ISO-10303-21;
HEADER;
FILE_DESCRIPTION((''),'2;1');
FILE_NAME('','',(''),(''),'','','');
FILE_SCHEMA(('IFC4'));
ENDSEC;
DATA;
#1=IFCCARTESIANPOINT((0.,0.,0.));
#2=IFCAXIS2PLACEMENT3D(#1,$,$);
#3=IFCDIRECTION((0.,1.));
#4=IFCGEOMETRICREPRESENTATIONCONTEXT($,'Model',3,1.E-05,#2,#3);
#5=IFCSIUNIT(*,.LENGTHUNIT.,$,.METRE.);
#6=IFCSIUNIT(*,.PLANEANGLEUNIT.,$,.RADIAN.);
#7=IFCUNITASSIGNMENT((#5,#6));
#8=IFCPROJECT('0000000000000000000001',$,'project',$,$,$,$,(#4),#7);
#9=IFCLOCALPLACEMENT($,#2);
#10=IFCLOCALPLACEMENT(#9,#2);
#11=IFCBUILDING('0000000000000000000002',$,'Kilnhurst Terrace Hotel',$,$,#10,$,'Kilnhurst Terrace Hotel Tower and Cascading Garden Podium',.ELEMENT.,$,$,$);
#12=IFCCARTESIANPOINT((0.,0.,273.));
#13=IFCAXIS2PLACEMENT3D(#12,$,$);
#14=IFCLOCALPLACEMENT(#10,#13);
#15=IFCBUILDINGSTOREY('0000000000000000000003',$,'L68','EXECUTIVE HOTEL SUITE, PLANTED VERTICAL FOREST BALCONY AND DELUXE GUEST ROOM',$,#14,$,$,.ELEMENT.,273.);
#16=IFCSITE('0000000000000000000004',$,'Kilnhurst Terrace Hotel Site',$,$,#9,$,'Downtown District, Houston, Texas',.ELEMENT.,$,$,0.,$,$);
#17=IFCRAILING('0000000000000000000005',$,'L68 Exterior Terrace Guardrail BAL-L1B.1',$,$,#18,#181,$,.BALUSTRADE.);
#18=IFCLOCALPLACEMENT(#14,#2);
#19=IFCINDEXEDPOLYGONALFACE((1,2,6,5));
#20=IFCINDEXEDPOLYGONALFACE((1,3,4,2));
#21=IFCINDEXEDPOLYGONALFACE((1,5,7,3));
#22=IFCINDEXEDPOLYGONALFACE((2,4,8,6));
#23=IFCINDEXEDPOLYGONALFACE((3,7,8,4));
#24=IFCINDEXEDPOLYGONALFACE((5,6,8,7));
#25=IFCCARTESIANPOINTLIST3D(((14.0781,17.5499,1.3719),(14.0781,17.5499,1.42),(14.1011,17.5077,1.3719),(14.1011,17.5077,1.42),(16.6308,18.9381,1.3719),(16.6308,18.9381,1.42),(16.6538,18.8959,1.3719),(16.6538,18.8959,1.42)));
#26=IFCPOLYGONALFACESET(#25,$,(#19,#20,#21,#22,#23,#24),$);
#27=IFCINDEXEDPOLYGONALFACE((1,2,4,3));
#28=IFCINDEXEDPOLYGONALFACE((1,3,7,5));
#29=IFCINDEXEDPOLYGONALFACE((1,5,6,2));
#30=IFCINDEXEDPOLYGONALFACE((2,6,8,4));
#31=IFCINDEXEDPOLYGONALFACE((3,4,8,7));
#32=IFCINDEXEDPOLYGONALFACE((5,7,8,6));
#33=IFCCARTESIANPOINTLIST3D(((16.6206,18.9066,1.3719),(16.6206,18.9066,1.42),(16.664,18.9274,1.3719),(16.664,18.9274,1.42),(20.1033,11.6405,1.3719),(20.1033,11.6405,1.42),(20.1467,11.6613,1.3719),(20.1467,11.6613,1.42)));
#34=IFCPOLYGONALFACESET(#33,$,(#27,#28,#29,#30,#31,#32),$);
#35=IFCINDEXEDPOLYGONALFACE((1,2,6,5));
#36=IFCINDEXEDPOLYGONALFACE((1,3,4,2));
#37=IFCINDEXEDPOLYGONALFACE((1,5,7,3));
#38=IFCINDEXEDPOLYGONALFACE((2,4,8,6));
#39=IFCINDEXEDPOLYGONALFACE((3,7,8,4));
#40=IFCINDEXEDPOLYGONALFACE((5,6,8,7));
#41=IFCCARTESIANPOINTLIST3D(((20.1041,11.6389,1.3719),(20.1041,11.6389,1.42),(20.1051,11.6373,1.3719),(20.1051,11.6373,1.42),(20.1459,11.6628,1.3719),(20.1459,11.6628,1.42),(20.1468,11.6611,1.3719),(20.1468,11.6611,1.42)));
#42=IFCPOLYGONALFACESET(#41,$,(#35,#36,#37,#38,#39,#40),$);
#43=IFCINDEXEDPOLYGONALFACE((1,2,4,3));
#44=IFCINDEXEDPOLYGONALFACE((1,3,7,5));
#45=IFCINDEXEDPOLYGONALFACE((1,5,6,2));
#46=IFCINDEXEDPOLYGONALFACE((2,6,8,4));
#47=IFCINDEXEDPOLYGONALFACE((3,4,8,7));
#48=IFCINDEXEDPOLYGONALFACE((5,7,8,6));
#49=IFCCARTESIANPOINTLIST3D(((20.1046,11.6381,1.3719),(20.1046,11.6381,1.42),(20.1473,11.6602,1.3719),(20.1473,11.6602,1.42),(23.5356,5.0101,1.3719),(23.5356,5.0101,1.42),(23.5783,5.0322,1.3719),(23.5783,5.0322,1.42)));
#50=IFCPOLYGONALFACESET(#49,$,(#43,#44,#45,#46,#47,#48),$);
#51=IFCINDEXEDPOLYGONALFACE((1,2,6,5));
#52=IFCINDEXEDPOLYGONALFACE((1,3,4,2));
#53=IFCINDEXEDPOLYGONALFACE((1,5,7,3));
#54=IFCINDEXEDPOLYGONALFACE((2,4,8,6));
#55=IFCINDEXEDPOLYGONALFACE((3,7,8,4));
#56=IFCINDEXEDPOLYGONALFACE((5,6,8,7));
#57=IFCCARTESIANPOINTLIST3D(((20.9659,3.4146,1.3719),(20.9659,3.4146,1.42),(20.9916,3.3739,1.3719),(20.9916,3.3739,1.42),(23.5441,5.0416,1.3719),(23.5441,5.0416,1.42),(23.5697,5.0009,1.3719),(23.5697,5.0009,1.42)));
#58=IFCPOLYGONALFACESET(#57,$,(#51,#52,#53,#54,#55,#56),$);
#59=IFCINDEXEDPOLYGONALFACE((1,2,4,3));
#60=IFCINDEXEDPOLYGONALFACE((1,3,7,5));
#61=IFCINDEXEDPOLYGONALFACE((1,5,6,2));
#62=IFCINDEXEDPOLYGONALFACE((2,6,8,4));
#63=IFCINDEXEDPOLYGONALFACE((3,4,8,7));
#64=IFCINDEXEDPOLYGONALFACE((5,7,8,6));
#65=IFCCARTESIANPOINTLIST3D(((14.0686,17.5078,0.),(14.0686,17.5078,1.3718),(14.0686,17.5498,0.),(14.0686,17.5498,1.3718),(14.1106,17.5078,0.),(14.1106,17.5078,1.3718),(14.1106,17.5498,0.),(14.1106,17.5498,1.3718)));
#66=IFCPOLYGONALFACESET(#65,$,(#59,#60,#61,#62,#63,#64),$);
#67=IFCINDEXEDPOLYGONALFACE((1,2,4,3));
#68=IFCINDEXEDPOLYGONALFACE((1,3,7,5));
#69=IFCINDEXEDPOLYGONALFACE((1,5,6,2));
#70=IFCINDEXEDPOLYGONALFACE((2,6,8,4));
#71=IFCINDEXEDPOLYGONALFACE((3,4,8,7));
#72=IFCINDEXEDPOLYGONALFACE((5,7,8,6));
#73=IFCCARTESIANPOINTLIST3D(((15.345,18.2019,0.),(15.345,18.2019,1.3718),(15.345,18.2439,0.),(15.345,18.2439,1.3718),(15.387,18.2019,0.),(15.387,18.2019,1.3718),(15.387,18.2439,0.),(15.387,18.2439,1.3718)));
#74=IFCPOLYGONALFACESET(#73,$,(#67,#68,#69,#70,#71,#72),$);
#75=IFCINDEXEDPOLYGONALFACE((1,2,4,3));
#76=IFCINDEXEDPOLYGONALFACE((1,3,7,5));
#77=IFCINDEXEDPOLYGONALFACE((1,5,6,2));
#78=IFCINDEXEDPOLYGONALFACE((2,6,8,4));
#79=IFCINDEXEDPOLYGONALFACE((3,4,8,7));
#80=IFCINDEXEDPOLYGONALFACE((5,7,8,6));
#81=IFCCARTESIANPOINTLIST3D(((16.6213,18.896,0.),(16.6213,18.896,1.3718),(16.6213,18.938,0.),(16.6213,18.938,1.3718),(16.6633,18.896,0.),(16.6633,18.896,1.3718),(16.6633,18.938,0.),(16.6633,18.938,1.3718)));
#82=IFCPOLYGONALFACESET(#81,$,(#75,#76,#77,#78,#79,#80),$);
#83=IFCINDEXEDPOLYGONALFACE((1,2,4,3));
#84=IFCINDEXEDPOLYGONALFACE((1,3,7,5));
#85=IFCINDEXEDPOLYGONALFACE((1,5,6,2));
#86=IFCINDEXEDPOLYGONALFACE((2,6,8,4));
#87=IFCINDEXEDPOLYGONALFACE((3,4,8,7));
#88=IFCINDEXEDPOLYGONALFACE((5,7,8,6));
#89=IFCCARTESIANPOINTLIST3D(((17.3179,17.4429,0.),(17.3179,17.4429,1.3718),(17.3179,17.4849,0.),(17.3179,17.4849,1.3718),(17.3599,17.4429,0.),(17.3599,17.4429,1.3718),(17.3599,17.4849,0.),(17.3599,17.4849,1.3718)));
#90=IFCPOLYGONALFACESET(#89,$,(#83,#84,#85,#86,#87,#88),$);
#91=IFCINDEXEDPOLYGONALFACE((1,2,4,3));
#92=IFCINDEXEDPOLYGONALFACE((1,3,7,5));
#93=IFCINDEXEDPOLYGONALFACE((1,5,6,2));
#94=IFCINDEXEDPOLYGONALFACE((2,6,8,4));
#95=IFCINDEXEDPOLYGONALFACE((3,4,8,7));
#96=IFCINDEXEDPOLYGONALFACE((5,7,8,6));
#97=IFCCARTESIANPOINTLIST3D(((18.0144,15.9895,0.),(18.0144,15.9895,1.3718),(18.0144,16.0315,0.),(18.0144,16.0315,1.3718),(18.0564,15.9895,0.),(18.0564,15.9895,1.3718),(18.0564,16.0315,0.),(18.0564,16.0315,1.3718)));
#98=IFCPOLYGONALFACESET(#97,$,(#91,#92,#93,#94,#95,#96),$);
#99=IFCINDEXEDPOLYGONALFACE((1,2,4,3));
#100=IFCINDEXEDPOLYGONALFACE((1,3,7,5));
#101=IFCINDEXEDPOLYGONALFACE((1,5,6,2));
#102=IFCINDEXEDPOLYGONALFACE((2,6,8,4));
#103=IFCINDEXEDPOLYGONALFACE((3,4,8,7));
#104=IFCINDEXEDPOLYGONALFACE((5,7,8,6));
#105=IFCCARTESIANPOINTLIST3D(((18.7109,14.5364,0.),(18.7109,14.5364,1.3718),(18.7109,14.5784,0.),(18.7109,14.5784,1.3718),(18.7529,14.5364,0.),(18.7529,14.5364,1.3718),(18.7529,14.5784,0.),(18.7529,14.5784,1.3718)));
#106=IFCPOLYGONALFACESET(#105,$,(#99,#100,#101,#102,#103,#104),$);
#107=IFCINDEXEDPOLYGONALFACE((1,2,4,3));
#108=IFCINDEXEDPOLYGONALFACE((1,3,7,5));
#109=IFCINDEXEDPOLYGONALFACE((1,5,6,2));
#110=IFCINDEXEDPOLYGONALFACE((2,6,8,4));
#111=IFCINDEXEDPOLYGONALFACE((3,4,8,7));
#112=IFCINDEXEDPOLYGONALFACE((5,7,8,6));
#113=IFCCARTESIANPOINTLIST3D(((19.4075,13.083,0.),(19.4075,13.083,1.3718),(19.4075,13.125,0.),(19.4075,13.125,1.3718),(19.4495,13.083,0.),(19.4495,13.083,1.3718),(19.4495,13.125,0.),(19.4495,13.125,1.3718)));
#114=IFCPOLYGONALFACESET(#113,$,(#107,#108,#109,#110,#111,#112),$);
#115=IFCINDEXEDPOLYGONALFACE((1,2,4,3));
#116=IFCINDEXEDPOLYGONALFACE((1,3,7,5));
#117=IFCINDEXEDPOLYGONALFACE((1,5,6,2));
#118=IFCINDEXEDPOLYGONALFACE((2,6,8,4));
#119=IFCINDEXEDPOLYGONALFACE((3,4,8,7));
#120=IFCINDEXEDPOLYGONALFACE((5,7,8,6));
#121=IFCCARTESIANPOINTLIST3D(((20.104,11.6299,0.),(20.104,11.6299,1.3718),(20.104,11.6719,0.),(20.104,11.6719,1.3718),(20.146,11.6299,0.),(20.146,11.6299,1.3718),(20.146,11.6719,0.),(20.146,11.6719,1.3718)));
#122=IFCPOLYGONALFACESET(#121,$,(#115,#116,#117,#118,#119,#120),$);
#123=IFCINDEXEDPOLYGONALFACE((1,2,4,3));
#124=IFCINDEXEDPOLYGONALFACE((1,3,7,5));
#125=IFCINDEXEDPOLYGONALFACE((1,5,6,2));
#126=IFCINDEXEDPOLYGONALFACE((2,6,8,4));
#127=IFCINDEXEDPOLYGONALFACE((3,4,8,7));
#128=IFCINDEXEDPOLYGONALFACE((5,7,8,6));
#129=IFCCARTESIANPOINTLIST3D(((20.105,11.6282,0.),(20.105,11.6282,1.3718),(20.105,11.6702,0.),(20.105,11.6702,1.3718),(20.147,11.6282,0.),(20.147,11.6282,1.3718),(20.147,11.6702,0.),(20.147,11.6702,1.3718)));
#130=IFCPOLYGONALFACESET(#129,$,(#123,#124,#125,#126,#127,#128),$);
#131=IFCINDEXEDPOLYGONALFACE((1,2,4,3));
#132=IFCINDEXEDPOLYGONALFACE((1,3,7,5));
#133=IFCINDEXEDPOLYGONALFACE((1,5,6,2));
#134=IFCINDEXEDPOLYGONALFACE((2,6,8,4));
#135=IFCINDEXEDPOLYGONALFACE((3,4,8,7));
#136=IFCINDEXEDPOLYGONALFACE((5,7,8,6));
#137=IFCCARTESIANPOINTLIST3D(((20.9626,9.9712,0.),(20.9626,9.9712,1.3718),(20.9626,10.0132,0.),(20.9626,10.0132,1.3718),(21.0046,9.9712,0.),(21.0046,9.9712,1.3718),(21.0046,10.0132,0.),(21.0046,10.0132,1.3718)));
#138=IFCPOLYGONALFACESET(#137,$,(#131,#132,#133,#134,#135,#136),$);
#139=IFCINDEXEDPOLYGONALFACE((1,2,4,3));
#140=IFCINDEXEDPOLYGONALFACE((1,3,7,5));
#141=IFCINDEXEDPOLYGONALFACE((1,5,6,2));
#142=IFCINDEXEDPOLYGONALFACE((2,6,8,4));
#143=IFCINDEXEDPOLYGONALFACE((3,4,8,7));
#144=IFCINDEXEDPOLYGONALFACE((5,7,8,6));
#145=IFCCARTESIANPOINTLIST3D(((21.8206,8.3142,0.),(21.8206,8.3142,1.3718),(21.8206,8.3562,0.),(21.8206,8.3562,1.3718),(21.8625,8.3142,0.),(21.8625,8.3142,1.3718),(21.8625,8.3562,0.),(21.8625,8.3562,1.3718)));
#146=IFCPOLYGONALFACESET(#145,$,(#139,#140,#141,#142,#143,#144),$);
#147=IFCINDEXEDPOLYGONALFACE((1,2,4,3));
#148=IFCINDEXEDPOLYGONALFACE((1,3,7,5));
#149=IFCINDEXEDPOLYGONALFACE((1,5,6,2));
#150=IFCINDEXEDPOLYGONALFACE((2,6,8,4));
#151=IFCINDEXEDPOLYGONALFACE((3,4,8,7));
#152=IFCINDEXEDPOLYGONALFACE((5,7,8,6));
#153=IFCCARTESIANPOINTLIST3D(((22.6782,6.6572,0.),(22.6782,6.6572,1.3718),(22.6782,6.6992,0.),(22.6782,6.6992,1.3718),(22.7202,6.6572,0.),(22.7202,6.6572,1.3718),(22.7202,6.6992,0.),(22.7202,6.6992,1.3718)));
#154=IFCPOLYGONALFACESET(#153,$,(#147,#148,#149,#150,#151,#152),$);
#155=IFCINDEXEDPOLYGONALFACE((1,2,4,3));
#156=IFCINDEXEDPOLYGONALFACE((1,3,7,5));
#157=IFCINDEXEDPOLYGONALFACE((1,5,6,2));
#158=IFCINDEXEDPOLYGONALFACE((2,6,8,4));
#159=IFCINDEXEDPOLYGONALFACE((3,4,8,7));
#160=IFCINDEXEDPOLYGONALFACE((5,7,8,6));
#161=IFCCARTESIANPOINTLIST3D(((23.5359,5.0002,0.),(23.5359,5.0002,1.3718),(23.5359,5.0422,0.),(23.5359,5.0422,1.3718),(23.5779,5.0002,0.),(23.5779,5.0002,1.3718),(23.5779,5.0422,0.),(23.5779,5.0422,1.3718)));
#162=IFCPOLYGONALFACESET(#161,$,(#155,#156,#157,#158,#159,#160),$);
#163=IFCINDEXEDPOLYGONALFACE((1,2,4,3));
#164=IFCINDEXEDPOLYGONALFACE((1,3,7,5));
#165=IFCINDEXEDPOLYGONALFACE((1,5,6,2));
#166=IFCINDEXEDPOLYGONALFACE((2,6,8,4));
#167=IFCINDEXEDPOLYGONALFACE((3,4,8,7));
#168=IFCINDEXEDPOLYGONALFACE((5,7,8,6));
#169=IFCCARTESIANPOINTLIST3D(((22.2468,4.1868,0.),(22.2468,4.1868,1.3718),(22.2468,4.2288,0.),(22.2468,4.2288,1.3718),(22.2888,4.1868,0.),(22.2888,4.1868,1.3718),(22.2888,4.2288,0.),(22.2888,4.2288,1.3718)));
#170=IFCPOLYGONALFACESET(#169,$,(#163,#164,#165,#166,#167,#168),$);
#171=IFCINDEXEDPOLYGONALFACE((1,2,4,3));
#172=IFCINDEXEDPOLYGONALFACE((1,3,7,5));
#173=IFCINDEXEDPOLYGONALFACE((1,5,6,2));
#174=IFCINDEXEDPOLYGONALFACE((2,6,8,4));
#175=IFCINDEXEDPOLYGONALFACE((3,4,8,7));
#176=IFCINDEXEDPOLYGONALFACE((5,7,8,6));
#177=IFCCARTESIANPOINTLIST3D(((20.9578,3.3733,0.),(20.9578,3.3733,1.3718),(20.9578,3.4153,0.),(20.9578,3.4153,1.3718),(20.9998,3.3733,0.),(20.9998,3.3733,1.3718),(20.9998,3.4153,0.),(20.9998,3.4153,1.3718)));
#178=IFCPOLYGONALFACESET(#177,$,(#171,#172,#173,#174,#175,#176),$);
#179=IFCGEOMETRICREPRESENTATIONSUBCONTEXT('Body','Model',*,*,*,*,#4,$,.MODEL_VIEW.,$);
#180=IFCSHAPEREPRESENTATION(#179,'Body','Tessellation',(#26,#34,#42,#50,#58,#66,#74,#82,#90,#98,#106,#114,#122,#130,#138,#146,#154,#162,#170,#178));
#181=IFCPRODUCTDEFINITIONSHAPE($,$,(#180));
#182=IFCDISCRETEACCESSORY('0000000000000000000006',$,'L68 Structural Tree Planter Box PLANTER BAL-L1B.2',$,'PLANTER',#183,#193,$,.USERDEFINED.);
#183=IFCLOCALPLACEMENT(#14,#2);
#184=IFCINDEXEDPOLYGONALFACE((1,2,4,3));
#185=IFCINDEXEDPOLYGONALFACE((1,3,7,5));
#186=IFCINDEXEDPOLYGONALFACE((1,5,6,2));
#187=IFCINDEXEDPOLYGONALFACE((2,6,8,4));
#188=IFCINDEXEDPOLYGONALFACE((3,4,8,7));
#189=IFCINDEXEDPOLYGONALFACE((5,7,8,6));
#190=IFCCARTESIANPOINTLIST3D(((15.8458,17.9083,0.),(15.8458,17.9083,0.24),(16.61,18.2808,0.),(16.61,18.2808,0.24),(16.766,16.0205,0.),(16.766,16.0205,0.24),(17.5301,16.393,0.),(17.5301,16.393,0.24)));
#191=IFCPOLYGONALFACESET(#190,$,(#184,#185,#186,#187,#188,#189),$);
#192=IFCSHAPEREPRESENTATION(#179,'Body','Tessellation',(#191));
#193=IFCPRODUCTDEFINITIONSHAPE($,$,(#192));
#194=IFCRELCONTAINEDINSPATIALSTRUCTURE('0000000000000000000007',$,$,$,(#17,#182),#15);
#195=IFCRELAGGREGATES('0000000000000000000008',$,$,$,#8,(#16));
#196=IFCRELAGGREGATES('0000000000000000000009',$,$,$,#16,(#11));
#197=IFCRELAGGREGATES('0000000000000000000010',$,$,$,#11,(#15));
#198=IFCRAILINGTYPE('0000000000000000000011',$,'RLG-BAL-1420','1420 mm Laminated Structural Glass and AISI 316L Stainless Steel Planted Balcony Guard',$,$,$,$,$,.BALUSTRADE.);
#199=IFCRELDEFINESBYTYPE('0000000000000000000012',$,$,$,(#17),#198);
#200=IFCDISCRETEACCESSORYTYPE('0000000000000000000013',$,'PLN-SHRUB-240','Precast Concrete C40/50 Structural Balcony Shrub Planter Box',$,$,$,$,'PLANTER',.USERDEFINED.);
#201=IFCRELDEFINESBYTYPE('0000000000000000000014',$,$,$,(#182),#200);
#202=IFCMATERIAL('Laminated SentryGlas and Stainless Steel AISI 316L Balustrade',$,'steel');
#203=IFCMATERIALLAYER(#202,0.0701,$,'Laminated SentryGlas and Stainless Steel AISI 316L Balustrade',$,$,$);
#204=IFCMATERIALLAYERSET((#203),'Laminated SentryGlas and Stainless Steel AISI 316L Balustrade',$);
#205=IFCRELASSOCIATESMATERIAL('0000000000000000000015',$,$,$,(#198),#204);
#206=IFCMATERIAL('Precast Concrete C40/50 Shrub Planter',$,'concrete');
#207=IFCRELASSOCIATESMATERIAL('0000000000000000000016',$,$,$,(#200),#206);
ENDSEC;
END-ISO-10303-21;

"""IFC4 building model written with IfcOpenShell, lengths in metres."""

from ifc_helpers import new_model, si_unit, direction, frame, origin, origin_2d, place, context, subcontext, project, spatial, rectangle, extrude, material, layer, layer_set, type_object, element, save


model = new_model("IFC4")

# Units and contexts
model_context = context("Model", 3, precision=1e-05, world=origin(), true_north=direction((0.0, 1.0)))
body_context = subcontext(model_context, "Body", "Model", "MODEL_VIEW")
ifc_project = project(units=[si_unit("LENGTHUNIT", "METRE"), si_unit("PLANEANGLEUNIT", "RADIAN")], contexts=[model_context])

# Site, building, storey
site_placement = place(None, origin())
site = spatial("IfcSite", under=ifc_project, at=site_placement, Name="Kilnhurst Terrace Hotel Site", LongName="Downtown District, Houston, Texas", CompositionType="ELEMENT", RefElevation=0.0)
building_placement = place(site_placement, origin())
building = spatial("IfcBuilding", under=site, at=building_placement, Name="Kilnhurst Terrace Hotel", LongName="Kilnhurst Terrace Hotel Tower and Cascading Garden Podium", CompositionType="ELEMENT")
storey_placement = place(building_placement, frame((0.0, 0.0, 273.0)))
storey = spatial("IfcBuildingStorey", under=building, at=storey_placement, Name="L68", Description="EXECUTIVE HOTEL SUITE, PLANTED VERTICAL FOREST BALCONY AND DELUXE GUEST ROOM", CompositionType="ELEMENT", Elevation=273.0)

# Railing
ifc_material_1 = material(Name="Laminated SentryGlas and Stainless Steel AISI 316L Balustrade", Category="steel")
ifc_layer_1 = layer(ifc_material_1, 0.0701, Name="Laminated SentryGlas and Stainless Steel AISI 316L Balustrade")
ifc_layer_set_1 = layer_set([ifc_layer_1], Name="Laminated SentryGlas and Stainless Steel AISI 316L Balustrade")
railing_type = type_object("IfcRailingType", Name="RLG-BAL-1420", Description="1420 mm Laminated Structural Glass and AISI 316L Stainless Steel Planted Balcony Guard", PredefinedType="BALUSTRADE", material=ifc_layer_set_1)
railing_placement = place(storey_placement, frame((14.0896, 17.5288, 0.0)))
element("IfcRailing", 1, at=railing_placement, inside=storey, type_object=railing_type, Name="L68 Exterior Terrace Guardrail BAL-L1B.1", PredefinedType="BALUSTRADE", context=body_context, shape_type="SweptSolid", body=[
    extrude(rectangle(XDim=0.0481, YDim=0.0481, at=origin_2d()), frame((0.0, 0.0, 1.396), z_axis=(0.878505, 0.477733, 0.0), x_axis=(-0.477733, 0.878505, 0.0)), (0.0, 0.0, 1.0), 2.9058),
    extrude(rectangle(XDim=0.0481, YDim=0.0481, at=origin_2d()), frame((2.5527, 1.3882, 1.396), z_axis=(0.43222, -0.901768, 0.0), x_axis=(0.901768, 0.43222, 0.0)), (0.0, 0.0, 1.0), 8.0576),
    extrude(rectangle(XDim=0.0481, YDim=0.0481, at=origin_2d()), frame((6.0354, -5.8779, 1.396), z_axis=(0.496139, -0.868243, 0.0), x_axis=(0.868243, 0.496139, 0.0)), (0.0, 0.0, 1.0), 0.002),
    extrude(rectangle(XDim=0.0481, YDim=0.0481, at=origin_2d()), frame((6.0364, -5.8796, 1.396), z_axis=(0.459705, -0.888072, 0.0), x_axis=(0.888072, 0.459705, 0.0)), (0.0, 0.0, 1.0), 7.4634),
    extrude(rectangle(XDim=0.0481, YDim=0.0481, at=origin_2d()), frame((9.4673, -12.5076, 1.396), z_axis=(-0.845687, -0.53368, 0.0), x_axis=(0.53368, -0.845687, 0.0)), (0.0, 0.0, 1.0), 3.0486),
    extrude(rectangle(XDim=0.042, YDim=0.042, at=origin_2d()), origin(), (0.0, 0.0, 1.0), 1.3718),
    extrude(rectangle(XDim=0.042, YDim=0.042, at=origin_2d()), frame((1.2764, 0.6941, 0.0)), (0.0, 0.0, 1.0), 1.3718),
    extrude(rectangle(XDim=0.042, YDim=0.042, at=origin_2d()), frame((2.5527, 1.3882, 0.0)), (0.0, 0.0, 1.0), 1.3718),
    extrude(rectangle(XDim=0.042, YDim=0.042, at=origin_2d()), frame((3.2493, -0.0649, 0.0)), (0.0, 0.0, 1.0), 1.3718),
    extrude(rectangle(XDim=0.042, YDim=0.042, at=origin_2d()), frame((3.9458, -1.5183, 0.0)), (0.0, 0.0, 1.0), 1.3718),
    extrude(rectangle(XDim=0.042, YDim=0.042, at=origin_2d()), frame((4.6423, -2.9714, 0.0)), (0.0, 0.0, 1.0), 1.3718),
    extrude(rectangle(XDim=0.042, YDim=0.042, at=origin_2d()), frame((5.3389, -4.4248, 0.0)), (0.0, 0.0, 1.0), 1.3718),
    extrude(rectangle(XDim=0.042, YDim=0.042, at=origin_2d()), frame((6.0354, -5.8779, 0.0)), (0.0, 0.0, 1.0), 1.3718),
    extrude(rectangle(XDim=0.042, YDim=0.042, at=origin_2d()), frame((6.0364, -5.8796, 0.0)), (0.0, 0.0, 1.0), 1.3718),
    extrude(rectangle(XDim=0.042, YDim=0.042, at=origin_2d()), frame((6.894, -7.5366, 0.0)), (0.0, 0.0, 1.0), 1.3718),
    extrude(rectangle(XDim=0.042, YDim=0.042, at=origin_2d()), frame((7.752, -9.1936, 0.0)), (0.0, 0.0, 1.0), 1.3718),
    extrude(rectangle(XDim=0.042, YDim=0.042, at=origin_2d()), frame((8.6096, -10.8506, 0.0)), (0.0, 0.0, 1.0), 1.3718),
    extrude(rectangle(XDim=0.042, YDim=0.042, at=origin_2d()), frame((9.4673, -12.5076, 0.0)), (0.0, 0.0, 1.0), 1.3718),
    extrude(rectangle(XDim=0.042, YDim=0.042, at=origin_2d()), frame((8.1782, -13.321, 0.0)), (0.0, 0.0, 1.0), 1.3718),
    extrude(rectangle(XDim=0.042, YDim=0.042, at=origin_2d()), frame((6.8892, -14.1345, 0.0)), (0.0, 0.0, 1.0), 1.3718),
])

# Discrete accessory
ifc_material_2 = material(Name="Precast Concrete C40/50 Shrub Planter", Category="concrete")
discrete_accessory_type = type_object("IfcDiscreteAccessoryType", Name="PLN-SHRUB-240", Description="Precast Concrete C40/50 Structural Balcony Shrub Planter Box", ElementType="PLANTER", PredefinedType="USERDEFINED", material=ifc_material_2)
discrete_accessory_placement = place(storey_placement, frame((16.688, 17.1506, 0.0), z_axis=(0.0, 0.0, 1.0), x_axis=(-0.438136, 0.898909, 0.0)))
element("IfcDiscreteAccessory", 2, at=discrete_accessory_placement, inside=storey, type_object=discrete_accessory_type, Name="L68 Structural Tree Planter Box PLANTER BAL-L1B.2", ObjectType="PLANTER", PredefinedType="USERDEFINED", context=body_context, shape_type="SweptSolid", body=[
    extrude(rectangle(XDim=2.1001, YDim=0.8501, at=origin_2d()), origin(), (0.0, 0.0, 1.0), 0.24),
])

save(model, "model.ifc")
